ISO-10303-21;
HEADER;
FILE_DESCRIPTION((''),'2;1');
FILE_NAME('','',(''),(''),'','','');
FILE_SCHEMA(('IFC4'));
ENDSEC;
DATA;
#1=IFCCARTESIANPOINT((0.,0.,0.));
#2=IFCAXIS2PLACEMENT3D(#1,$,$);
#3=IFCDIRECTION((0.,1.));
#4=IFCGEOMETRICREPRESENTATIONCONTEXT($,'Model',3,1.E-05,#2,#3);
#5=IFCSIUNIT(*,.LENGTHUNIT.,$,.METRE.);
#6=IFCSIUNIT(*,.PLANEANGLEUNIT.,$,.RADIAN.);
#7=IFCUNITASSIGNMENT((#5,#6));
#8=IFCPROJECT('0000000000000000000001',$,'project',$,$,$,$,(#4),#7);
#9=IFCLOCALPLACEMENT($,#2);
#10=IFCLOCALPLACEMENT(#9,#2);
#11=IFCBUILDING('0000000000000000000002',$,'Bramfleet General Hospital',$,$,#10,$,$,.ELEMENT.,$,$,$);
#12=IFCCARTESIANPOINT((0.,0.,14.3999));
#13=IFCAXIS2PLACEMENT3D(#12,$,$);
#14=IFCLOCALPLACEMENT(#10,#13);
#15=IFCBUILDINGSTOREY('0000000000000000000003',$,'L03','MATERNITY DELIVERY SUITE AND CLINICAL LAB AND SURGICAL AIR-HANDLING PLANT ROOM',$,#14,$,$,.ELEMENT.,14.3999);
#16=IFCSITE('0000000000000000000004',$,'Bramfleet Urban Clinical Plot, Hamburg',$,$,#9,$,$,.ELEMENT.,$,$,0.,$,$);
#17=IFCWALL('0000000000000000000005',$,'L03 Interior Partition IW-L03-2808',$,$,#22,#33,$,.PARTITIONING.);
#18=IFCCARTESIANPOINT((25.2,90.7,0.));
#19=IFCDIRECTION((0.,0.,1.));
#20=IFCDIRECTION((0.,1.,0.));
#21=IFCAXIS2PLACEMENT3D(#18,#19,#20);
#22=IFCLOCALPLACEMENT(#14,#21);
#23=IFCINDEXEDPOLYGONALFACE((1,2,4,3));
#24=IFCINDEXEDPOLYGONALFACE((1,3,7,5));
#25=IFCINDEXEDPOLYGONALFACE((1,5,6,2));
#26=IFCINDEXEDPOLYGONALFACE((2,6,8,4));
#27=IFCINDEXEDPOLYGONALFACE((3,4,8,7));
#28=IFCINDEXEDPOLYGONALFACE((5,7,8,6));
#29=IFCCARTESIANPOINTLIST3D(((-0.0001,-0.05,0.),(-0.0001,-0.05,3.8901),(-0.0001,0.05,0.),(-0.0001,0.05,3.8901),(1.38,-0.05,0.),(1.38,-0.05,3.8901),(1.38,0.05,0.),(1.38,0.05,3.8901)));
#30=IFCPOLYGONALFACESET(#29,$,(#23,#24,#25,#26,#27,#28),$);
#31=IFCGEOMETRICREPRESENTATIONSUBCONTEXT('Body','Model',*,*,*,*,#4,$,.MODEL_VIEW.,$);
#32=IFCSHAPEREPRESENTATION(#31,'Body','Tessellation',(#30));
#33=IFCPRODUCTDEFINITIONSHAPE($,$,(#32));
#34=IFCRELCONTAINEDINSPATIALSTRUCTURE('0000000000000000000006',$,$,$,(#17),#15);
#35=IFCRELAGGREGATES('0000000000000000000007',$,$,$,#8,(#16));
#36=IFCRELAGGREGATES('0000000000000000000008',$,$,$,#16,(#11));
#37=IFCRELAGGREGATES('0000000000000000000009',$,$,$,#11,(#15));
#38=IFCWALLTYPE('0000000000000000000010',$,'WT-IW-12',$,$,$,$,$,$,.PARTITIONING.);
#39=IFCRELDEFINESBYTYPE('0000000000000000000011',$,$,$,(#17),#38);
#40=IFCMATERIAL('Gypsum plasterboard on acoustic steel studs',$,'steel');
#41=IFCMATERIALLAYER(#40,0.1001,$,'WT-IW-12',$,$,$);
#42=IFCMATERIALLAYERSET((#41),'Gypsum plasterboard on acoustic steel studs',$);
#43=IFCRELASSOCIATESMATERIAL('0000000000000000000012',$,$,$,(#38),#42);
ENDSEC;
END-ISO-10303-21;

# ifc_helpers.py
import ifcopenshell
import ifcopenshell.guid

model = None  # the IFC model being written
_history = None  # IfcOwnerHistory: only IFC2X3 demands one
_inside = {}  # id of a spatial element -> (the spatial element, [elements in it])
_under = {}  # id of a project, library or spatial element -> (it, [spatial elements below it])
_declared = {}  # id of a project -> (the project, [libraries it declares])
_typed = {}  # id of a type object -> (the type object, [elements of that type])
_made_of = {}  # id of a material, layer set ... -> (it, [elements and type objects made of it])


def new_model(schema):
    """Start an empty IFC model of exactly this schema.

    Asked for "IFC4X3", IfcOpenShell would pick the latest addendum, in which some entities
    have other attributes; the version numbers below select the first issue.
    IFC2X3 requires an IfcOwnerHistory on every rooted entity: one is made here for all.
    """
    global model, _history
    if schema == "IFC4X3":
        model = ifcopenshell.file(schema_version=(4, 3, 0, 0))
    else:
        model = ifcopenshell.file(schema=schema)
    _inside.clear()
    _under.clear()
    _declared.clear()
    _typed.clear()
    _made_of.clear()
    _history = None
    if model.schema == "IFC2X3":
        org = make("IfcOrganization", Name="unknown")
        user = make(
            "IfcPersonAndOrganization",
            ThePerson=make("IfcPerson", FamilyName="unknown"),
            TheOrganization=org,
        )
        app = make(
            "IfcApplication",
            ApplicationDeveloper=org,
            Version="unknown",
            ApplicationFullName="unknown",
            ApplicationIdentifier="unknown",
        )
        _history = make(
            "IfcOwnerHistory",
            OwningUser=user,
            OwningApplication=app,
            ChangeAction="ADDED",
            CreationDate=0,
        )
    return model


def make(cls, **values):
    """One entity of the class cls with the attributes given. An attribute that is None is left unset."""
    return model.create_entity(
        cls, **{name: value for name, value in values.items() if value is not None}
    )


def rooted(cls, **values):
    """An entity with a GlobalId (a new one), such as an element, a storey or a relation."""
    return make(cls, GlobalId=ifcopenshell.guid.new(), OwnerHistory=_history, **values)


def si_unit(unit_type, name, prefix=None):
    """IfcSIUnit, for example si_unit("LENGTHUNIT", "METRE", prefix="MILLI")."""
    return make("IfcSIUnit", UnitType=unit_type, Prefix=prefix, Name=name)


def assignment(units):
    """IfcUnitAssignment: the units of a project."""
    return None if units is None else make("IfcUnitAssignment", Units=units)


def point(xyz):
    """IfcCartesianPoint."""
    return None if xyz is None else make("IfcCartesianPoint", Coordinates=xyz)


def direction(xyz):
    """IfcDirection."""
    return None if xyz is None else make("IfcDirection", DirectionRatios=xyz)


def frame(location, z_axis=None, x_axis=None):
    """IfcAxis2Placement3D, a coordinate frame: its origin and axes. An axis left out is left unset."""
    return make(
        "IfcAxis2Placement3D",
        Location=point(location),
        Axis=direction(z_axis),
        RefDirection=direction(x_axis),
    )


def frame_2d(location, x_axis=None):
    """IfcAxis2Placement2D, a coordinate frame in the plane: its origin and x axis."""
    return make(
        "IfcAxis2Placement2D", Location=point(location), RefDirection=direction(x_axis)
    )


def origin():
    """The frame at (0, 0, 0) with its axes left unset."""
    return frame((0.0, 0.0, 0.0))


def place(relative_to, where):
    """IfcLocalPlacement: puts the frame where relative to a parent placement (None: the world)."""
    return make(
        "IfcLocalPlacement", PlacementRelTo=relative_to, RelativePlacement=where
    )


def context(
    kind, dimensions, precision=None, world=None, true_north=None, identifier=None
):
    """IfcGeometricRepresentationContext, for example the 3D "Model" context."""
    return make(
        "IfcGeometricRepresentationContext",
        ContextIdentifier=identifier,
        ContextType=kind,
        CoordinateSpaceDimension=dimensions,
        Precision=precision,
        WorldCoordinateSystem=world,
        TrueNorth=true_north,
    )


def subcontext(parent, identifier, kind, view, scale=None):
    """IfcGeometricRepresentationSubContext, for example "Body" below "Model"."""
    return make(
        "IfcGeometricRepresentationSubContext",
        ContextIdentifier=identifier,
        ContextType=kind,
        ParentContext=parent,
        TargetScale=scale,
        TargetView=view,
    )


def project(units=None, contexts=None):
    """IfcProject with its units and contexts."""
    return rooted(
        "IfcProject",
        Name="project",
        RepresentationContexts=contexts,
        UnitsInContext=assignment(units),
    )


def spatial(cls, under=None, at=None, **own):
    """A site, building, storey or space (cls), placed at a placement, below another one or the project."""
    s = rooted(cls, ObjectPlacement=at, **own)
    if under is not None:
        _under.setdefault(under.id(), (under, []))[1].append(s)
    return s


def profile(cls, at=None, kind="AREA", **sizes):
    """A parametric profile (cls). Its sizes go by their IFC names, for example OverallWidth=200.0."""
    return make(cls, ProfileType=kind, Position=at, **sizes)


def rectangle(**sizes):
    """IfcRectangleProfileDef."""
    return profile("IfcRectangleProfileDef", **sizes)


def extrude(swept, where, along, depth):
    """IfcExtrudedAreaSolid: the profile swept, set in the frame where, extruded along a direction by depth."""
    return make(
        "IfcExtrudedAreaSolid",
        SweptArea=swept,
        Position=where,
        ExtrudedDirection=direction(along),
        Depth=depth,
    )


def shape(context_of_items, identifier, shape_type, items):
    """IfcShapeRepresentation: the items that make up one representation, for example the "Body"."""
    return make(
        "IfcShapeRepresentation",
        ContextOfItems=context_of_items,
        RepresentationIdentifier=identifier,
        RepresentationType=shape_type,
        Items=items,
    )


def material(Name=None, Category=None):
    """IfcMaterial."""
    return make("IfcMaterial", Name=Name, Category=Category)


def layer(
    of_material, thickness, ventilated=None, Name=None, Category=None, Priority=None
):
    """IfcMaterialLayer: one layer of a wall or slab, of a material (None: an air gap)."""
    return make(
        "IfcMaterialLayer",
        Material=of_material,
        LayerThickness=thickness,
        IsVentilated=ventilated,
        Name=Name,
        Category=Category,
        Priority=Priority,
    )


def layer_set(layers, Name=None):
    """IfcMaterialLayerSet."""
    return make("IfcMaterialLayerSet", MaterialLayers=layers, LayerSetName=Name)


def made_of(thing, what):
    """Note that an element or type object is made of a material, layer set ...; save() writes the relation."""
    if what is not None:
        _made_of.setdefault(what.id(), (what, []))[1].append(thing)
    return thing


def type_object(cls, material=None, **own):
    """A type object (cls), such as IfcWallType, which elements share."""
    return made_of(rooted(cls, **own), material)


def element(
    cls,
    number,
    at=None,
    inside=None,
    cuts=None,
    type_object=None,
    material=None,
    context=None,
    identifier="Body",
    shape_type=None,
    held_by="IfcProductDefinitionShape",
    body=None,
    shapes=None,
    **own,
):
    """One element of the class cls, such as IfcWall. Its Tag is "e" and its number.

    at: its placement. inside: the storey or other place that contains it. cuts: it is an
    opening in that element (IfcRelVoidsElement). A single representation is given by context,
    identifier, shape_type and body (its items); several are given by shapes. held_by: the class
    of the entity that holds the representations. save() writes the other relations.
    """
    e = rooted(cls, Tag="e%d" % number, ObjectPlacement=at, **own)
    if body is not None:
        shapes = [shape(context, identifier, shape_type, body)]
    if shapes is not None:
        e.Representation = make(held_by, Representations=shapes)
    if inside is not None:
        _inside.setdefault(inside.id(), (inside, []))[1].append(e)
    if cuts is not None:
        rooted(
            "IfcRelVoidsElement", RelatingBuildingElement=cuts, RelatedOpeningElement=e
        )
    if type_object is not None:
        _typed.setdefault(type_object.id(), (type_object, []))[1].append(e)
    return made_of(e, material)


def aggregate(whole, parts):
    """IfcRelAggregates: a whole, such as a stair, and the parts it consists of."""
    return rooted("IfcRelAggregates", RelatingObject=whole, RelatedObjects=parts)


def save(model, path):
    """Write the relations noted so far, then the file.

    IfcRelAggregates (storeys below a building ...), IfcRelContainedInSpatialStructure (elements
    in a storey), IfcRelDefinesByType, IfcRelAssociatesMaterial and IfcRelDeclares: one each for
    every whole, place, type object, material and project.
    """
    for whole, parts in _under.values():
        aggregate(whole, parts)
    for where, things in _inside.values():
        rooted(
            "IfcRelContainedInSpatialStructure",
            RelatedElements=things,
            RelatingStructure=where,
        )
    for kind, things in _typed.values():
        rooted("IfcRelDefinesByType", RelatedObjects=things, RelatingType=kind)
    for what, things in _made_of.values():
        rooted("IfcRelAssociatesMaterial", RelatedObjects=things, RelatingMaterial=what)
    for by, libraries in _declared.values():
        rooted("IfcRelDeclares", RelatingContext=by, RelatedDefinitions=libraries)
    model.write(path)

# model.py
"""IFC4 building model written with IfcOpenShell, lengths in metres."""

from ifc_helpers import new_model, si_unit, direction, frame, frame_2d, origin, place, context, subcontext, project, spatial, rectangle, extrude, material, layer, layer_set, type_object, element, save


model = new_model("IFC4")

# Units and contexts
model_context = context("Model", 3, precision=1e-05, world=origin(), true_north=direction((0.0, 1.0)))
body_context = subcontext(model_context, "Body", "Model", "MODEL_VIEW")
ifc_project = project(units=[si_unit("LENGTHUNIT", "METRE"), si_unit("PLANEANGLEUNIT", "RADIAN")], contexts=[model_context])

# Site, building, storey
site_placement = place(None, origin())
site = spatial("IfcSite", under=ifc_project, at=site_placement, Name="Bramfleet Urban Clinical Plot, Hamburg", CompositionType="ELEMENT", RefElevation=0.0)
building_placement = place(site_placement, origin())
building = spatial("IfcBuilding", under=site, at=building_placement, Name="Bramfleet General Hospital", CompositionType="ELEMENT")
storey_placement = place(building_placement, frame((0.0, 0.0, 14.3999)))
storey = spatial("IfcBuildingStorey", under=building, at=storey_placement, Name="L03", Description="MATERNITY DELIVERY SUITE AND CLINICAL LAB AND SURGICAL AIR-HANDLING PLANT ROOM", CompositionType="ELEMENT", Elevation=14.3999)

# Wall
ifc_material_1 = material(Name="Gypsum plasterboard on acoustic steel studs", Category="steel")
ifc_layer_1 = layer(ifc_material_1, 0.1001, Name="WT-IW-12")
ifc_layer_set_1 = layer_set([ifc_layer_1], Name="Gypsum plasterboard on acoustic steel studs")
wall_type_1 = type_object("IfcWallType", Name="WT-IW-12", PredefinedType="PARTITIONING", material=ifc_layer_set_1)
wall_1_placement = place(storey_placement, frame((25.2, 90.7, 0.0), z_axis=(0.0, 0.0, 1.0), x_axis=(0.0, 1.0, 0.0)))
element("IfcWall", 1, at=wall_1_placement, inside=storey, type_object=wall_type_1, Name="L03 Interior Partition IW-L03-2808", PredefinedType="PARTITIONING", context=body_context, shape_type="SweptSolid", body=[
    extrude(rectangle(XDim=1.3801, YDim=0.1001, at=frame_2d((0.6899, 0.0))), origin(), (0.0, 0.0, 1.0), 3.8901),
])

save(model, "model.ifc")
